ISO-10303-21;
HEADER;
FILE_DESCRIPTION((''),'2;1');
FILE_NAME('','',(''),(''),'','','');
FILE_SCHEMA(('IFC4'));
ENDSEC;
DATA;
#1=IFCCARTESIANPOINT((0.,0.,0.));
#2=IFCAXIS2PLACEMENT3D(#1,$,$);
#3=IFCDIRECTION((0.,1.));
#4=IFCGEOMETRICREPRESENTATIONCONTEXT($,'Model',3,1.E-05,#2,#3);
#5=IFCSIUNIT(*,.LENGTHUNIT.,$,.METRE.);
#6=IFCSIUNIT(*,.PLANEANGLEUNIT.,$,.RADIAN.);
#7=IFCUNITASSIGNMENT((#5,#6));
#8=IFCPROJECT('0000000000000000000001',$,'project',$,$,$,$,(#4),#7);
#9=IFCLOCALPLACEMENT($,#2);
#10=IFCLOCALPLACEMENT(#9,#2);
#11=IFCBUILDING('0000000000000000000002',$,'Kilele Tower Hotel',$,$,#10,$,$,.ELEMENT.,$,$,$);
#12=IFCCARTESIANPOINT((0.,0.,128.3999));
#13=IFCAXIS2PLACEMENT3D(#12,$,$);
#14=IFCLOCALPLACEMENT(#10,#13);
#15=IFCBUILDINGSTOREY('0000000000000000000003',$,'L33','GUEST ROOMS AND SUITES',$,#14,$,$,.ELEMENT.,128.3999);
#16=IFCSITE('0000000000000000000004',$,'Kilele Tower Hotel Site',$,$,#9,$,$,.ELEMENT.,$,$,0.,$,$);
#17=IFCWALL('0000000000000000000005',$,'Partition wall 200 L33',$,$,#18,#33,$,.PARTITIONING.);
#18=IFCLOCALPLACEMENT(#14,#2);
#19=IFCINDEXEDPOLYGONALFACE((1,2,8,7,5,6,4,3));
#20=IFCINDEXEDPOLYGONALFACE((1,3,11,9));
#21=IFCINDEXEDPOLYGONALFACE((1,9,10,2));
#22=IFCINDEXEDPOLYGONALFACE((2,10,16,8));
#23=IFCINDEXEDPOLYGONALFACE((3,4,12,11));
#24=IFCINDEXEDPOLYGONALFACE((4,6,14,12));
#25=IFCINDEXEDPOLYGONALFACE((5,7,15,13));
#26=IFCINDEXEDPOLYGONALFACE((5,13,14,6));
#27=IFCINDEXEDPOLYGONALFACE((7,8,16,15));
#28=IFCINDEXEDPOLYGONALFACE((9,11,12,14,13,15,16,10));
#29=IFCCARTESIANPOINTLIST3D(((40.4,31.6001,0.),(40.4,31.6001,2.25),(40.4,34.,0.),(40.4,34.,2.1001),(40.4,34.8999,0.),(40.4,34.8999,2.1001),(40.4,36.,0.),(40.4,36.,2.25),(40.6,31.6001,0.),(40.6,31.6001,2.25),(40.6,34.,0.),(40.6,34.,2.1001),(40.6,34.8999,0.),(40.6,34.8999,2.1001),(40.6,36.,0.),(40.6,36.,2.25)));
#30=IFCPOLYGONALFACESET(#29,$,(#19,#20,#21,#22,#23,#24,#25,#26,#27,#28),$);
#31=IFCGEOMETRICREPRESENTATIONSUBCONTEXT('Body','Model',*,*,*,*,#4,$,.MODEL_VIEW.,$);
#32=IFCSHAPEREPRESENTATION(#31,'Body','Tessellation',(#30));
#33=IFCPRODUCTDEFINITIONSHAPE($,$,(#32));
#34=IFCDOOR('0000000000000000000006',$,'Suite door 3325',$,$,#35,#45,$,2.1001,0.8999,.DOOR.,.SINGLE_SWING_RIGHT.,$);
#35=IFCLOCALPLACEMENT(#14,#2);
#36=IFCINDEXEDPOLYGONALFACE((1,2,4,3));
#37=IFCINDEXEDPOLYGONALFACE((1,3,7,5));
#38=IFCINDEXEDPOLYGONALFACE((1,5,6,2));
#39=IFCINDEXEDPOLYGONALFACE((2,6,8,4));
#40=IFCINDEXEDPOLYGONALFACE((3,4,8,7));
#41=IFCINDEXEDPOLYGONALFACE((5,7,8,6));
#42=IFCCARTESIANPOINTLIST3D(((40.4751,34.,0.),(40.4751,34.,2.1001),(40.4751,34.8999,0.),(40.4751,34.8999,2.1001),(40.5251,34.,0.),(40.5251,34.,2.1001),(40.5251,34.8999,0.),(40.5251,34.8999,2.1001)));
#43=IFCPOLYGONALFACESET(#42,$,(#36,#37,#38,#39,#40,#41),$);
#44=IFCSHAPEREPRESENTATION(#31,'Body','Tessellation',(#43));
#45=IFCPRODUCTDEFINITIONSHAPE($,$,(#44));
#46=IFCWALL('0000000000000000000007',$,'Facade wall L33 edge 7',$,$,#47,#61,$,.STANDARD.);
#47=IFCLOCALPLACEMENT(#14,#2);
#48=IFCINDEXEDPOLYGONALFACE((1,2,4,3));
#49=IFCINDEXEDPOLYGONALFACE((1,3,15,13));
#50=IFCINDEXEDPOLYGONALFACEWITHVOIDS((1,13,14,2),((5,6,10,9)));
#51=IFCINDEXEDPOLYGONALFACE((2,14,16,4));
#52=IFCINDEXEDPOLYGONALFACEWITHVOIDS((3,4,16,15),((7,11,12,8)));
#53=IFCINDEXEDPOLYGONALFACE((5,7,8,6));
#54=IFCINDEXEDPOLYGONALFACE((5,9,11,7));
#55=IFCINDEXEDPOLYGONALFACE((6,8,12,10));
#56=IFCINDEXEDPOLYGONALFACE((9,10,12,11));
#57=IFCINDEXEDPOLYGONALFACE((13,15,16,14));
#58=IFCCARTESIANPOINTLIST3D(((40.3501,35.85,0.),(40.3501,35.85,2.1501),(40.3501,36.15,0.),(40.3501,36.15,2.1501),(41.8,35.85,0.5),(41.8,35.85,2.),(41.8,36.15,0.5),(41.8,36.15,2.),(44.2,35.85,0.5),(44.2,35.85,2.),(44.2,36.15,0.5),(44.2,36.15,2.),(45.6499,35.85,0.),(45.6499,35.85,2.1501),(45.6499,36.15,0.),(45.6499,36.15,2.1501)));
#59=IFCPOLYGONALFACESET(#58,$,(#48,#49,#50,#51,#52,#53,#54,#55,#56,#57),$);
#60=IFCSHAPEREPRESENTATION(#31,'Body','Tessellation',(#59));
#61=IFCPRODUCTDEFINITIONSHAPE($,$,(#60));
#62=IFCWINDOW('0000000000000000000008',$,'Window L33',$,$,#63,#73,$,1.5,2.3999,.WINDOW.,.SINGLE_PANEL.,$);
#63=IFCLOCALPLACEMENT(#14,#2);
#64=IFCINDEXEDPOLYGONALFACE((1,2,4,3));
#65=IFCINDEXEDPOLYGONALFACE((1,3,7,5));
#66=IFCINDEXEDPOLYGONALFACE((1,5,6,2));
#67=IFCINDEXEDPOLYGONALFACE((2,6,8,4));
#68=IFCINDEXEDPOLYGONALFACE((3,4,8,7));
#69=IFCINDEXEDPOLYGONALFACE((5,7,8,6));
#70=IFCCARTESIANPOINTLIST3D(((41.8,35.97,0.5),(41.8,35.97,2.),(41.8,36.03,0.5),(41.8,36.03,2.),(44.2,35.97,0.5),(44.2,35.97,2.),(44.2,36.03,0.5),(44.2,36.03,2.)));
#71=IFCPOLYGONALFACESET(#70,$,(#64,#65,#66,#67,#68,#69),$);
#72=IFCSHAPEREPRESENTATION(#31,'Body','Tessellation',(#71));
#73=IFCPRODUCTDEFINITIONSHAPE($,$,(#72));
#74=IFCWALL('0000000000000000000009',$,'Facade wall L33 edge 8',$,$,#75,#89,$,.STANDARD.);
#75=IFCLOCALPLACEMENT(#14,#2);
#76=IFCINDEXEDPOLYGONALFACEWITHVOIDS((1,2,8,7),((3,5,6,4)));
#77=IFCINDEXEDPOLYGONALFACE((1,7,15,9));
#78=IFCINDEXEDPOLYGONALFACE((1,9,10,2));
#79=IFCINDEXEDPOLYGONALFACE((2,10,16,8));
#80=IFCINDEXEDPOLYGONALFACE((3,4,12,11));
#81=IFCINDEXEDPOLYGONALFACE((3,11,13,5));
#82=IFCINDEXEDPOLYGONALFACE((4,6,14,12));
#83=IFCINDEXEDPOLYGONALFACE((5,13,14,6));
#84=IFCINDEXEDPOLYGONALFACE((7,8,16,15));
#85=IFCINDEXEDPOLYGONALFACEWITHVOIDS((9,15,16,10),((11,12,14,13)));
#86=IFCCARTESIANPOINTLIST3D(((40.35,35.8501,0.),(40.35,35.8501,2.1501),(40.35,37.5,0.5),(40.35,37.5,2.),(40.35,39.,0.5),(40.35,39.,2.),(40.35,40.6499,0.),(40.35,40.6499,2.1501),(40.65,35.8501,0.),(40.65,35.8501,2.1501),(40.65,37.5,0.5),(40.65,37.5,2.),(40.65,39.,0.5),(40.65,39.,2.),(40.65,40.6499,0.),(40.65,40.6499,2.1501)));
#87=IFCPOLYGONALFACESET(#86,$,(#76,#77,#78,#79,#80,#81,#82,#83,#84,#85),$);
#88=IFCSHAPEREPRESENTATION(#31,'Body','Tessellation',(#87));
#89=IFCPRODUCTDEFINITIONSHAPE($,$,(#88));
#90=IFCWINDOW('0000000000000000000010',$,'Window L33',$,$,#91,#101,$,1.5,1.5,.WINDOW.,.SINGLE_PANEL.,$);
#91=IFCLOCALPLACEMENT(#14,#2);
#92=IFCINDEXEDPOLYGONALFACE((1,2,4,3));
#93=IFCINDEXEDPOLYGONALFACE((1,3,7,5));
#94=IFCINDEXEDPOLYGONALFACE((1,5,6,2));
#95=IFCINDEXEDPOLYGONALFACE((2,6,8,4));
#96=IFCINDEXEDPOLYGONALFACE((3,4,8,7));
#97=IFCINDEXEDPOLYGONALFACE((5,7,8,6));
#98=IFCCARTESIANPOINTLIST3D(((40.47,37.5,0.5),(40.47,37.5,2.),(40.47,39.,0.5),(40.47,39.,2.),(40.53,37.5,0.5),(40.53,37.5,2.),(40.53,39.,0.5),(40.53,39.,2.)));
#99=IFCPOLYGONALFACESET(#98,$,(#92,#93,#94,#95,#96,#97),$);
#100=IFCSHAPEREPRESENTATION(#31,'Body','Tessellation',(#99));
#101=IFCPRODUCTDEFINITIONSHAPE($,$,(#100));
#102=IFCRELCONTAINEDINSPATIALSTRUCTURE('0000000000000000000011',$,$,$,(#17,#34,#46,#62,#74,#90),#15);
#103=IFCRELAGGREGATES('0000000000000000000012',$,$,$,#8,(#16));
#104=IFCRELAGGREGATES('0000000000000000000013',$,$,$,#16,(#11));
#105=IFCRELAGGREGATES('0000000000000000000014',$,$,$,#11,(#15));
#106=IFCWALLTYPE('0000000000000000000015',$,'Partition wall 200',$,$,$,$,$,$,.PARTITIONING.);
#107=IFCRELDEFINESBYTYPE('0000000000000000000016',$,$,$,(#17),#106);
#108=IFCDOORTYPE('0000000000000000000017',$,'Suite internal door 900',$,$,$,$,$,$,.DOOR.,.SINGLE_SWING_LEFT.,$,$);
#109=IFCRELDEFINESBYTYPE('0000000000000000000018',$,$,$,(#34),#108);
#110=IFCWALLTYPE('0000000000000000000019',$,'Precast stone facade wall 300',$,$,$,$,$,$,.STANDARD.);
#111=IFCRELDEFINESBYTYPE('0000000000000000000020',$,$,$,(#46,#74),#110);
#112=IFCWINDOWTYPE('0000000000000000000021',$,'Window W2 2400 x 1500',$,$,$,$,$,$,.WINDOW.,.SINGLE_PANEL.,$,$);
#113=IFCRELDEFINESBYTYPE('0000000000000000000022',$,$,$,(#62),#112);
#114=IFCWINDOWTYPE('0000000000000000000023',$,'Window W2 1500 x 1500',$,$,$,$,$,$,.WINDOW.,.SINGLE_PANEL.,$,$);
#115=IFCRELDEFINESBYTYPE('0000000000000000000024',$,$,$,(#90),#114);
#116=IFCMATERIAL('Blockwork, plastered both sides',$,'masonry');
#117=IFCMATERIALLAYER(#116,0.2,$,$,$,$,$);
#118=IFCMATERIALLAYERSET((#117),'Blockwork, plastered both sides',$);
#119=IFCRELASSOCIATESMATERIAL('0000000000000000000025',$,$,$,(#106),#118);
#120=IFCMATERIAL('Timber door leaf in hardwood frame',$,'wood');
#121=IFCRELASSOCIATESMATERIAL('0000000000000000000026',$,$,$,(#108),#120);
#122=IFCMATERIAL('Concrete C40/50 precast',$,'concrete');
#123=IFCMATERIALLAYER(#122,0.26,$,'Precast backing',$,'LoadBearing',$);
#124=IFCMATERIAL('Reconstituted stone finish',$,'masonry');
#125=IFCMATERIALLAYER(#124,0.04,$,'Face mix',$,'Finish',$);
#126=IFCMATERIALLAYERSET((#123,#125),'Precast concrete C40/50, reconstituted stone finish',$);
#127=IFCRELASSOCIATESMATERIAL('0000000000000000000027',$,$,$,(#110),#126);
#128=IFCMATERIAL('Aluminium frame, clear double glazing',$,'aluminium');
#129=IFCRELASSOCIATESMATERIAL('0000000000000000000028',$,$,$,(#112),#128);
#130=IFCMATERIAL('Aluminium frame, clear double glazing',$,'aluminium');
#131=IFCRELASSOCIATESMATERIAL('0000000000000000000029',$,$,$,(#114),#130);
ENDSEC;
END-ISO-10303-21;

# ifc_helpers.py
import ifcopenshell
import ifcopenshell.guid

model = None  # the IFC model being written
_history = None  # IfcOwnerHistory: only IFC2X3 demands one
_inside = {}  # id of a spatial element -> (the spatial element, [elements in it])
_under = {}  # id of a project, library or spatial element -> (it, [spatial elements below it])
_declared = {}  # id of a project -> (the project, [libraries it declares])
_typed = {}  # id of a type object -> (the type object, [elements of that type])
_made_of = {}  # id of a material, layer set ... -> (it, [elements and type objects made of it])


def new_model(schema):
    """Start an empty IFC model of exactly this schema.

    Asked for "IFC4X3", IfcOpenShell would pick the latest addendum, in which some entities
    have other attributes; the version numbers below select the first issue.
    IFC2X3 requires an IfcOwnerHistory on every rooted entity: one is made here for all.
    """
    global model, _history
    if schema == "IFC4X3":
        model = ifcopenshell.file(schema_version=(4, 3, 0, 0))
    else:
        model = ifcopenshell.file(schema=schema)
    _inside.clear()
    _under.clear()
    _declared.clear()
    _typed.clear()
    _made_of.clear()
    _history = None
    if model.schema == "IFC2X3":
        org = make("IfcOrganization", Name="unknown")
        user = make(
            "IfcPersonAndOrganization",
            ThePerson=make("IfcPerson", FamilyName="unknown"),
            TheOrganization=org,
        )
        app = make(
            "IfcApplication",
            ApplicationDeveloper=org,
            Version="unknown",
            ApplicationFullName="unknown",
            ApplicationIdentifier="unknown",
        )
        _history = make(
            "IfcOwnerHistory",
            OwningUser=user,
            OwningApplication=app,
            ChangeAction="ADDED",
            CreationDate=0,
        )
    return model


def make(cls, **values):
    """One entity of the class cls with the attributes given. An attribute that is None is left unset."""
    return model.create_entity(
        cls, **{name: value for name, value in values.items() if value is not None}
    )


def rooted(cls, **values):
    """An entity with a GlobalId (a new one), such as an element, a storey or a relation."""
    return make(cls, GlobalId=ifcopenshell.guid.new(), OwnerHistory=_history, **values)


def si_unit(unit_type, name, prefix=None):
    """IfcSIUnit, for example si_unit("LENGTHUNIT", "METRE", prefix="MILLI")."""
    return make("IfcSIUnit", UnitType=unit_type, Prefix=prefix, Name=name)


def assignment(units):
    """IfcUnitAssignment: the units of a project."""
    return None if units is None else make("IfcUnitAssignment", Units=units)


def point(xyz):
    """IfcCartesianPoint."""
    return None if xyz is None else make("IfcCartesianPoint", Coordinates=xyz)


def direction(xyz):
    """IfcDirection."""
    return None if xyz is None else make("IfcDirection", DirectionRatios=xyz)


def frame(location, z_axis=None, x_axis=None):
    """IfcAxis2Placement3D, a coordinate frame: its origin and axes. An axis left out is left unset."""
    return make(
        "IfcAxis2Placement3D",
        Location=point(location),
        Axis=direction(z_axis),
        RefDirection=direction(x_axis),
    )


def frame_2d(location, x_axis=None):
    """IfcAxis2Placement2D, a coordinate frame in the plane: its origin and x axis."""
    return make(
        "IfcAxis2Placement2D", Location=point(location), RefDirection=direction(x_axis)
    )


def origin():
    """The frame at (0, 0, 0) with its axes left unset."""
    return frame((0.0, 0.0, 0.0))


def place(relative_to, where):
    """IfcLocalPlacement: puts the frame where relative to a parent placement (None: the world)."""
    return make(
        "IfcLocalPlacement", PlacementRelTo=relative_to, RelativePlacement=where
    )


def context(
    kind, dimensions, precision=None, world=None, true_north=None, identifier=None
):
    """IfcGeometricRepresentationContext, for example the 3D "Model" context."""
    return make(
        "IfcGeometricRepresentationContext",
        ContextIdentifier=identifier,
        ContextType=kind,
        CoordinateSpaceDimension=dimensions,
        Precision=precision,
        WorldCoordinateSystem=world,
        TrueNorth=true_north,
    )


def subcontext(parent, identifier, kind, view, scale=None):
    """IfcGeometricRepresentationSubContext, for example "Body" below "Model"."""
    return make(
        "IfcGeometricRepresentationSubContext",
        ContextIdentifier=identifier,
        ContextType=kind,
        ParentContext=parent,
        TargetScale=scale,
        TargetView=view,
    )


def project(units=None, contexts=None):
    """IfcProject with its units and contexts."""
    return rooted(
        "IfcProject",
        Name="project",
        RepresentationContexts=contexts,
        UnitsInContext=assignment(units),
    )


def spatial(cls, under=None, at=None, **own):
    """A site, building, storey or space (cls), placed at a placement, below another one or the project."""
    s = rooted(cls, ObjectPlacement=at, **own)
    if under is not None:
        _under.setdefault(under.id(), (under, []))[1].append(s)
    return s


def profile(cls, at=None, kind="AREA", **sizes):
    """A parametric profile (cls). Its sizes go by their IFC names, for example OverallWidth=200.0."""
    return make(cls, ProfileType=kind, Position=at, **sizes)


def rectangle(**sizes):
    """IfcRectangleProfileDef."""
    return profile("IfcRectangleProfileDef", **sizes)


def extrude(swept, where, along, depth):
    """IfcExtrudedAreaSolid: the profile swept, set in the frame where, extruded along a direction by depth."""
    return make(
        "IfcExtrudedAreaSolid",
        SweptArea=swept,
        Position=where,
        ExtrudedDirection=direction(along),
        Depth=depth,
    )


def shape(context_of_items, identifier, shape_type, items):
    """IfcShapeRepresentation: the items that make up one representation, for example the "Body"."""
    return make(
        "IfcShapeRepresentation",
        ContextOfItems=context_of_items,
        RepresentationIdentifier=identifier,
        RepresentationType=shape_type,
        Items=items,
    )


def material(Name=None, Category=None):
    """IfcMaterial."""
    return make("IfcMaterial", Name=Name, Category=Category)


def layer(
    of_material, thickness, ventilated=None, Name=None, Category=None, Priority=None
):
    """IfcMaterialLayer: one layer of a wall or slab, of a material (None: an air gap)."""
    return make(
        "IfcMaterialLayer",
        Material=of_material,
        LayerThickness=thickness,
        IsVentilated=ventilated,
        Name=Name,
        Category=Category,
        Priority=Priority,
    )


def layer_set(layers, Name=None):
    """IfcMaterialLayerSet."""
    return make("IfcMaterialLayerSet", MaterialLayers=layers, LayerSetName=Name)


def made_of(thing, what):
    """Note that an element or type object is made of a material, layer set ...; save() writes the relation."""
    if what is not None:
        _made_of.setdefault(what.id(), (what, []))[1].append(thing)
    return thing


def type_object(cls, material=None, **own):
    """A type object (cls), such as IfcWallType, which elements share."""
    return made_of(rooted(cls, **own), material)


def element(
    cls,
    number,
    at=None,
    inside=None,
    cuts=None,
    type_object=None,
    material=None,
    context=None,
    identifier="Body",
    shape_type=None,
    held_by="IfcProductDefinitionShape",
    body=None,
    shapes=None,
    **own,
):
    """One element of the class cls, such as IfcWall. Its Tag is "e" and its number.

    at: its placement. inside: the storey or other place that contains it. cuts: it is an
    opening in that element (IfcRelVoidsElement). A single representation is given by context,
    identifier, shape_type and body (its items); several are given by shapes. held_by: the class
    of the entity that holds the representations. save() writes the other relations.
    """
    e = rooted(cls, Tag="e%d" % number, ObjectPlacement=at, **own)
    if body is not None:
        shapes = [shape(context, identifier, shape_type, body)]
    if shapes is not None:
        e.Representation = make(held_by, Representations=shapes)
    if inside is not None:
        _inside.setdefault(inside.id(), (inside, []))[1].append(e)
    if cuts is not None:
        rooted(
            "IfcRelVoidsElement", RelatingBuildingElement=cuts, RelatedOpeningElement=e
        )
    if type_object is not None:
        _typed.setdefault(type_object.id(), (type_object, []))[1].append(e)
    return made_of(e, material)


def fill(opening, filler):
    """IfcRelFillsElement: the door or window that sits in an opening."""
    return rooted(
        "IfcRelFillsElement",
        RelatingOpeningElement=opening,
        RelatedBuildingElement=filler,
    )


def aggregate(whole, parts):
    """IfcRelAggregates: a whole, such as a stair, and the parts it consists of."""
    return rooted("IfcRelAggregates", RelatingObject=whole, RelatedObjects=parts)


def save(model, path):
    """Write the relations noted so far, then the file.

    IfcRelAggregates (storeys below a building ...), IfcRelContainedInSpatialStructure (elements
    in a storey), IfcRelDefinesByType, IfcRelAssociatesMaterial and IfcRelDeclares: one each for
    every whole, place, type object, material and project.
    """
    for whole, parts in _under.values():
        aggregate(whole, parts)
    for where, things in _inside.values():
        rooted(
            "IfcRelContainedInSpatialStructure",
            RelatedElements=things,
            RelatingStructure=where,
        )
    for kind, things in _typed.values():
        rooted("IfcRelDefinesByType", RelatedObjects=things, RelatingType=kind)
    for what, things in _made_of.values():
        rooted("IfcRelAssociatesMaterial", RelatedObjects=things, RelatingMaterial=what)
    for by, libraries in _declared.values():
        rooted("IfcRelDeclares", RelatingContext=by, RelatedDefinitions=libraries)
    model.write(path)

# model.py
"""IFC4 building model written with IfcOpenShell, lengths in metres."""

from ifc_helpers import new_model, si_unit, direction, frame, frame_2d, origin, place, context, subcontext, project, spatial, rectangle, extrude, material, layer, layer_set, type_object, element, fill, save


model = new_model("IFC4")

# Units and contexts
model_context = context("Model", 3, precision=1e-05, world=origin(), true_north=direction((0.0, 1.0)))
body_context = subcontext(model_context, "Body", "Model", "MODEL_VIEW")
ifc_project = project(units=[si_unit("LENGTHUNIT", "METRE"), si_unit("PLANEANGLEUNIT", "RADIAN")], contexts=[model_context])

# Site, building, storey
site_placement = place(None, origin())
site = spatial("IfcSite", under=ifc_project, at=site_placement, Name="Kilele Tower Hotel Site", CompositionType="ELEMENT", RefElevation=0.0)
building_placement = place(site_placement, origin())
building = spatial("IfcBuilding", under=site, at=building_placement, Name="Kilele Tower Hotel", CompositionType="ELEMENT")
storey_placement = place(building_placement, frame((0.0, 0.0, 128.3999)))
storey = spatial("IfcBuildingStorey", under=building, at=storey_placement, Name="L33", Description="GUEST ROOMS AND SUITES", CompositionType="ELEMENT", Elevation=128.3999)

# Wall, opening, door
ifc_material_1 = material(Name="Blockwork, plastered both sides", Category="masonry")
ifc_layer_1 = layer(ifc_material_1, 0.2)
ifc_layer_set_1 = layer_set([ifc_layer_1], Name="Blockwork, plastered both sides")
wall_type_1 = type_object("IfcWallType", Name="Partition wall 200", PredefinedType="PARTITIONING", material=ifc_layer_set_1)
wall_1_placement = place(storey_placement, frame((40.5, 31.6001, 0.0), z_axis=(0.0, 0.0, 1.0), x_axis=(0.0, 1.0, 0.0)))
wall_1 = element("IfcWall", 1, at=wall_1_placement, inside=storey, type_object=wall_type_1, Name="Partition wall 200 L33", PredefinedType="PARTITIONING", context=body_context, shape_type="SweptSolid", body=[
    extrude(rectangle(XDim=4.3999, YDim=0.2, at=frame_2d((2.2, 0.0))), origin(), (0.0, 0.0, 1.0), 2.25),
])
opening_1_placement = place(wall_1_placement, frame((2.3999, 0.0, 0.0)))
opening_1 = element("IfcOpeningElement", 2, at=opening_1_placement, cuts=wall_1, PredefinedType="OPENING", context=body_context, shape_type="SweptSolid", body=[
    extrude(rectangle(XDim=0.8999, YDim=2.1001, at=frame_2d((0.45, 1.05))), frame((0.0, 0.1099, 0.0), z_axis=(0.0, -1.0, 0.0), x_axis=(1.0, 0.0, 0.0)), (0.0, 0.0, 1.0), 0.22),
])
ifc_material_2 = material(Name="Timber door leaf in hardwood frame", Category="wood")
door_type_1 = type_object("IfcDoorType", Name="Suite internal door 900", OperationType="SINGLE_SWING_LEFT", PredefinedType="DOOR", material=ifc_material_2)
door_1_placement = place(opening_1_placement, origin())
door_1 = element("IfcDoor", 3, at=door_1_placement, inside=storey, type_object=door_type_1, Name="Suite door 3325", OperationType="SINGLE_SWING_RIGHT", OverallHeight=2.1001, OverallWidth=0.8999, PredefinedType="DOOR", context=body_context, shape_type="SweptSolid", body=[
    extrude(rectangle(XDim=0.8999, YDim=2.1001, at=frame_2d((0.45, 1.05))), frame((0.0, 0.0249, 0.0), z_axis=(0.0, -1.0, 0.0), x_axis=(1.0, 0.0, 0.0)), (0.0, 0.0, 1.0), 0.05),
])
fill(opening_1, door_1)

# Walls, openings, windows
ifc_material_3 = material(Name="Concrete C40/50 precast", Category="concrete")
ifc_layer_2 = layer(ifc_material_3, 0.26, Name="Precast backing", Category="LoadBearing")
ifc_material_4 = material(Name="Reconstituted stone finish", Category="masonry")
ifc_layer_3 = layer(ifc_material_4, 0.04, Name="Face mix", Category="Finish")
ifc_layer_set_2 = layer_set([ifc_layer_2, ifc_layer_3], Name="Precast concrete C40/50, reconstituted stone finish")
wall_type_2 = type_object("IfcWallType", Name="Precast stone facade wall 300", PredefinedType="STANDARD", material=ifc_layer_set_2)
wall_2_placement = place(storey_placement, frame((45.6499, 36.0, 0.0), z_axis=(0.0, 0.0, 1.0), x_axis=(-1.0, 0.0, 0.0)))
wall_2 = element("IfcWall", 4, at=wall_2_placement, inside=storey, type_object=wall_type_2, Name="Facade wall L33 edge 7", PredefinedType="STANDARD", context=body_context, shape_type="SweptSolid", body=[
    extrude(rectangle(XDim=5.2998, YDim=0.3, at=frame_2d((2.6499, 0.0))), origin(), (0.0, 0.0, 1.0), 2.1501),
])
opening_2_placement = place(wall_2_placement, frame((1.45, 0.0, 0.5)))
opening_2 = element("IfcOpeningElement", 5, at=opening_2_placement, cuts=wall_2, PredefinedType="OPENING", context=body_context, shape_type="SweptSolid", body=[
    extrude(rectangle(XDim=2.3999, YDim=1.5, at=frame_2d((1.2, 0.75))), frame((0.0, 0.1599, 0.0), z_axis=(0.0, -1.0, 0.0), x_axis=(1.0, 0.0, 0.0)), (0.0, 0.0, 1.0), 0.3201),
])
ifc_material_5 = material(Name="Aluminium frame, clear double glazing", Category="aluminium")
window_type_1 = type_object("IfcWindowType", Name="Window W2 2400 x 1500", PartitioningType="SINGLE_PANEL", PredefinedType="WINDOW", material=ifc_material_5)
window_1_placement = place(opening_2_placement, origin())
window_1 = element("IfcWindow", 6, at=window_1_placement, inside=storey, type_object=window_type_1, Name="Window L33", OverallHeight=1.5, OverallWidth=2.3999, PartitioningType="SINGLE_PANEL", PredefinedType="WINDOW", context=body_context, shape_type="SweptSolid", body=[
    extrude(rectangle(XDim=2.3999, YDim=1.5, at=frame_2d((1.2, 0.75))), frame((0.0, 0.03, 0.0), z_axis=(0.0, -1.0, 0.0), x_axis=(1.0, 0.0, 0.0)), (0.0, 0.0, 1.0), 0.0601),
])
fill(opening_2, window_1)
wall_3_placement = place(storey_placement, frame((40.5, 35.8501, 0.0), z_axis=(0.0, 0.0, 1.0), x_axis=(0.0, 1.0, 0.0)))
wall_3 = element("IfcWall", 7, at=wall_3_placement, inside=storey, type_object=wall_type_2, Name="Facade wall L33 edge 8", PredefinedType="STANDARD", context=body_context, shape_type="SweptSolid", body=[
    extrude(rectangle(XDim=4.7998, YDim=0.3, at=frame_2d((2.3999, 0.0))), origin(), (0.0, 0.0, 1.0), 2.1501),
])
opening_3_placement = place(wall_3_placement, frame((1.6499, 0.0, 0.5)))
opening_3 = element("IfcOpeningElement", 8, at=opening_3_placement, cuts=wall_3, PredefinedType="OPENING", context=body_context, shape_type="SweptSolid", body=[
    extrude(rectangle(XDim=1.5, YDim=1.5, at=frame_2d((0.75, 0.75))), frame((0.0, 0.1599, 0.0), z_axis=(0.0, -1.0, 0.0), x_axis=(1.0, 0.0, 0.0)), (0.0, 0.0, 1.0), 0.3201),
])
ifc_material_6 = material(Name="Aluminium frame, clear double glazing", Category="aluminium")
window_type_2 = type_object("IfcWindowType", Name="Window W2 1500 x 1500", PartitioningType="SINGLE_PANEL", PredefinedType="WINDOW", material=ifc_material_6)
window_2_placement = place(opening_3_placement, origin())
window_2 = element("IfcWindow", 9, at=window_2_placement, inside=storey, type_object=window_type_2, Name="Window L33", OverallHeight=1.5, OverallWidth=1.5, PartitioningType="SINGLE_PANEL", PredefinedType="WINDOW", context=body_context, shape_type="SweptSolid", body=[
    extrude(rectangle(XDim=1.5, YDim=1.5, at=frame_2d((0.75, 0.75))), frame((0.0, 0.03, 0.0), z_axis=(0.0, -1.0, 0.0), x_axis=(1.0, 0.0, 0.0)), (0.0, 0.0, 1.0), 0.0601),
])
fill(opening_3, window_2)

save(model, "model.ifc")
